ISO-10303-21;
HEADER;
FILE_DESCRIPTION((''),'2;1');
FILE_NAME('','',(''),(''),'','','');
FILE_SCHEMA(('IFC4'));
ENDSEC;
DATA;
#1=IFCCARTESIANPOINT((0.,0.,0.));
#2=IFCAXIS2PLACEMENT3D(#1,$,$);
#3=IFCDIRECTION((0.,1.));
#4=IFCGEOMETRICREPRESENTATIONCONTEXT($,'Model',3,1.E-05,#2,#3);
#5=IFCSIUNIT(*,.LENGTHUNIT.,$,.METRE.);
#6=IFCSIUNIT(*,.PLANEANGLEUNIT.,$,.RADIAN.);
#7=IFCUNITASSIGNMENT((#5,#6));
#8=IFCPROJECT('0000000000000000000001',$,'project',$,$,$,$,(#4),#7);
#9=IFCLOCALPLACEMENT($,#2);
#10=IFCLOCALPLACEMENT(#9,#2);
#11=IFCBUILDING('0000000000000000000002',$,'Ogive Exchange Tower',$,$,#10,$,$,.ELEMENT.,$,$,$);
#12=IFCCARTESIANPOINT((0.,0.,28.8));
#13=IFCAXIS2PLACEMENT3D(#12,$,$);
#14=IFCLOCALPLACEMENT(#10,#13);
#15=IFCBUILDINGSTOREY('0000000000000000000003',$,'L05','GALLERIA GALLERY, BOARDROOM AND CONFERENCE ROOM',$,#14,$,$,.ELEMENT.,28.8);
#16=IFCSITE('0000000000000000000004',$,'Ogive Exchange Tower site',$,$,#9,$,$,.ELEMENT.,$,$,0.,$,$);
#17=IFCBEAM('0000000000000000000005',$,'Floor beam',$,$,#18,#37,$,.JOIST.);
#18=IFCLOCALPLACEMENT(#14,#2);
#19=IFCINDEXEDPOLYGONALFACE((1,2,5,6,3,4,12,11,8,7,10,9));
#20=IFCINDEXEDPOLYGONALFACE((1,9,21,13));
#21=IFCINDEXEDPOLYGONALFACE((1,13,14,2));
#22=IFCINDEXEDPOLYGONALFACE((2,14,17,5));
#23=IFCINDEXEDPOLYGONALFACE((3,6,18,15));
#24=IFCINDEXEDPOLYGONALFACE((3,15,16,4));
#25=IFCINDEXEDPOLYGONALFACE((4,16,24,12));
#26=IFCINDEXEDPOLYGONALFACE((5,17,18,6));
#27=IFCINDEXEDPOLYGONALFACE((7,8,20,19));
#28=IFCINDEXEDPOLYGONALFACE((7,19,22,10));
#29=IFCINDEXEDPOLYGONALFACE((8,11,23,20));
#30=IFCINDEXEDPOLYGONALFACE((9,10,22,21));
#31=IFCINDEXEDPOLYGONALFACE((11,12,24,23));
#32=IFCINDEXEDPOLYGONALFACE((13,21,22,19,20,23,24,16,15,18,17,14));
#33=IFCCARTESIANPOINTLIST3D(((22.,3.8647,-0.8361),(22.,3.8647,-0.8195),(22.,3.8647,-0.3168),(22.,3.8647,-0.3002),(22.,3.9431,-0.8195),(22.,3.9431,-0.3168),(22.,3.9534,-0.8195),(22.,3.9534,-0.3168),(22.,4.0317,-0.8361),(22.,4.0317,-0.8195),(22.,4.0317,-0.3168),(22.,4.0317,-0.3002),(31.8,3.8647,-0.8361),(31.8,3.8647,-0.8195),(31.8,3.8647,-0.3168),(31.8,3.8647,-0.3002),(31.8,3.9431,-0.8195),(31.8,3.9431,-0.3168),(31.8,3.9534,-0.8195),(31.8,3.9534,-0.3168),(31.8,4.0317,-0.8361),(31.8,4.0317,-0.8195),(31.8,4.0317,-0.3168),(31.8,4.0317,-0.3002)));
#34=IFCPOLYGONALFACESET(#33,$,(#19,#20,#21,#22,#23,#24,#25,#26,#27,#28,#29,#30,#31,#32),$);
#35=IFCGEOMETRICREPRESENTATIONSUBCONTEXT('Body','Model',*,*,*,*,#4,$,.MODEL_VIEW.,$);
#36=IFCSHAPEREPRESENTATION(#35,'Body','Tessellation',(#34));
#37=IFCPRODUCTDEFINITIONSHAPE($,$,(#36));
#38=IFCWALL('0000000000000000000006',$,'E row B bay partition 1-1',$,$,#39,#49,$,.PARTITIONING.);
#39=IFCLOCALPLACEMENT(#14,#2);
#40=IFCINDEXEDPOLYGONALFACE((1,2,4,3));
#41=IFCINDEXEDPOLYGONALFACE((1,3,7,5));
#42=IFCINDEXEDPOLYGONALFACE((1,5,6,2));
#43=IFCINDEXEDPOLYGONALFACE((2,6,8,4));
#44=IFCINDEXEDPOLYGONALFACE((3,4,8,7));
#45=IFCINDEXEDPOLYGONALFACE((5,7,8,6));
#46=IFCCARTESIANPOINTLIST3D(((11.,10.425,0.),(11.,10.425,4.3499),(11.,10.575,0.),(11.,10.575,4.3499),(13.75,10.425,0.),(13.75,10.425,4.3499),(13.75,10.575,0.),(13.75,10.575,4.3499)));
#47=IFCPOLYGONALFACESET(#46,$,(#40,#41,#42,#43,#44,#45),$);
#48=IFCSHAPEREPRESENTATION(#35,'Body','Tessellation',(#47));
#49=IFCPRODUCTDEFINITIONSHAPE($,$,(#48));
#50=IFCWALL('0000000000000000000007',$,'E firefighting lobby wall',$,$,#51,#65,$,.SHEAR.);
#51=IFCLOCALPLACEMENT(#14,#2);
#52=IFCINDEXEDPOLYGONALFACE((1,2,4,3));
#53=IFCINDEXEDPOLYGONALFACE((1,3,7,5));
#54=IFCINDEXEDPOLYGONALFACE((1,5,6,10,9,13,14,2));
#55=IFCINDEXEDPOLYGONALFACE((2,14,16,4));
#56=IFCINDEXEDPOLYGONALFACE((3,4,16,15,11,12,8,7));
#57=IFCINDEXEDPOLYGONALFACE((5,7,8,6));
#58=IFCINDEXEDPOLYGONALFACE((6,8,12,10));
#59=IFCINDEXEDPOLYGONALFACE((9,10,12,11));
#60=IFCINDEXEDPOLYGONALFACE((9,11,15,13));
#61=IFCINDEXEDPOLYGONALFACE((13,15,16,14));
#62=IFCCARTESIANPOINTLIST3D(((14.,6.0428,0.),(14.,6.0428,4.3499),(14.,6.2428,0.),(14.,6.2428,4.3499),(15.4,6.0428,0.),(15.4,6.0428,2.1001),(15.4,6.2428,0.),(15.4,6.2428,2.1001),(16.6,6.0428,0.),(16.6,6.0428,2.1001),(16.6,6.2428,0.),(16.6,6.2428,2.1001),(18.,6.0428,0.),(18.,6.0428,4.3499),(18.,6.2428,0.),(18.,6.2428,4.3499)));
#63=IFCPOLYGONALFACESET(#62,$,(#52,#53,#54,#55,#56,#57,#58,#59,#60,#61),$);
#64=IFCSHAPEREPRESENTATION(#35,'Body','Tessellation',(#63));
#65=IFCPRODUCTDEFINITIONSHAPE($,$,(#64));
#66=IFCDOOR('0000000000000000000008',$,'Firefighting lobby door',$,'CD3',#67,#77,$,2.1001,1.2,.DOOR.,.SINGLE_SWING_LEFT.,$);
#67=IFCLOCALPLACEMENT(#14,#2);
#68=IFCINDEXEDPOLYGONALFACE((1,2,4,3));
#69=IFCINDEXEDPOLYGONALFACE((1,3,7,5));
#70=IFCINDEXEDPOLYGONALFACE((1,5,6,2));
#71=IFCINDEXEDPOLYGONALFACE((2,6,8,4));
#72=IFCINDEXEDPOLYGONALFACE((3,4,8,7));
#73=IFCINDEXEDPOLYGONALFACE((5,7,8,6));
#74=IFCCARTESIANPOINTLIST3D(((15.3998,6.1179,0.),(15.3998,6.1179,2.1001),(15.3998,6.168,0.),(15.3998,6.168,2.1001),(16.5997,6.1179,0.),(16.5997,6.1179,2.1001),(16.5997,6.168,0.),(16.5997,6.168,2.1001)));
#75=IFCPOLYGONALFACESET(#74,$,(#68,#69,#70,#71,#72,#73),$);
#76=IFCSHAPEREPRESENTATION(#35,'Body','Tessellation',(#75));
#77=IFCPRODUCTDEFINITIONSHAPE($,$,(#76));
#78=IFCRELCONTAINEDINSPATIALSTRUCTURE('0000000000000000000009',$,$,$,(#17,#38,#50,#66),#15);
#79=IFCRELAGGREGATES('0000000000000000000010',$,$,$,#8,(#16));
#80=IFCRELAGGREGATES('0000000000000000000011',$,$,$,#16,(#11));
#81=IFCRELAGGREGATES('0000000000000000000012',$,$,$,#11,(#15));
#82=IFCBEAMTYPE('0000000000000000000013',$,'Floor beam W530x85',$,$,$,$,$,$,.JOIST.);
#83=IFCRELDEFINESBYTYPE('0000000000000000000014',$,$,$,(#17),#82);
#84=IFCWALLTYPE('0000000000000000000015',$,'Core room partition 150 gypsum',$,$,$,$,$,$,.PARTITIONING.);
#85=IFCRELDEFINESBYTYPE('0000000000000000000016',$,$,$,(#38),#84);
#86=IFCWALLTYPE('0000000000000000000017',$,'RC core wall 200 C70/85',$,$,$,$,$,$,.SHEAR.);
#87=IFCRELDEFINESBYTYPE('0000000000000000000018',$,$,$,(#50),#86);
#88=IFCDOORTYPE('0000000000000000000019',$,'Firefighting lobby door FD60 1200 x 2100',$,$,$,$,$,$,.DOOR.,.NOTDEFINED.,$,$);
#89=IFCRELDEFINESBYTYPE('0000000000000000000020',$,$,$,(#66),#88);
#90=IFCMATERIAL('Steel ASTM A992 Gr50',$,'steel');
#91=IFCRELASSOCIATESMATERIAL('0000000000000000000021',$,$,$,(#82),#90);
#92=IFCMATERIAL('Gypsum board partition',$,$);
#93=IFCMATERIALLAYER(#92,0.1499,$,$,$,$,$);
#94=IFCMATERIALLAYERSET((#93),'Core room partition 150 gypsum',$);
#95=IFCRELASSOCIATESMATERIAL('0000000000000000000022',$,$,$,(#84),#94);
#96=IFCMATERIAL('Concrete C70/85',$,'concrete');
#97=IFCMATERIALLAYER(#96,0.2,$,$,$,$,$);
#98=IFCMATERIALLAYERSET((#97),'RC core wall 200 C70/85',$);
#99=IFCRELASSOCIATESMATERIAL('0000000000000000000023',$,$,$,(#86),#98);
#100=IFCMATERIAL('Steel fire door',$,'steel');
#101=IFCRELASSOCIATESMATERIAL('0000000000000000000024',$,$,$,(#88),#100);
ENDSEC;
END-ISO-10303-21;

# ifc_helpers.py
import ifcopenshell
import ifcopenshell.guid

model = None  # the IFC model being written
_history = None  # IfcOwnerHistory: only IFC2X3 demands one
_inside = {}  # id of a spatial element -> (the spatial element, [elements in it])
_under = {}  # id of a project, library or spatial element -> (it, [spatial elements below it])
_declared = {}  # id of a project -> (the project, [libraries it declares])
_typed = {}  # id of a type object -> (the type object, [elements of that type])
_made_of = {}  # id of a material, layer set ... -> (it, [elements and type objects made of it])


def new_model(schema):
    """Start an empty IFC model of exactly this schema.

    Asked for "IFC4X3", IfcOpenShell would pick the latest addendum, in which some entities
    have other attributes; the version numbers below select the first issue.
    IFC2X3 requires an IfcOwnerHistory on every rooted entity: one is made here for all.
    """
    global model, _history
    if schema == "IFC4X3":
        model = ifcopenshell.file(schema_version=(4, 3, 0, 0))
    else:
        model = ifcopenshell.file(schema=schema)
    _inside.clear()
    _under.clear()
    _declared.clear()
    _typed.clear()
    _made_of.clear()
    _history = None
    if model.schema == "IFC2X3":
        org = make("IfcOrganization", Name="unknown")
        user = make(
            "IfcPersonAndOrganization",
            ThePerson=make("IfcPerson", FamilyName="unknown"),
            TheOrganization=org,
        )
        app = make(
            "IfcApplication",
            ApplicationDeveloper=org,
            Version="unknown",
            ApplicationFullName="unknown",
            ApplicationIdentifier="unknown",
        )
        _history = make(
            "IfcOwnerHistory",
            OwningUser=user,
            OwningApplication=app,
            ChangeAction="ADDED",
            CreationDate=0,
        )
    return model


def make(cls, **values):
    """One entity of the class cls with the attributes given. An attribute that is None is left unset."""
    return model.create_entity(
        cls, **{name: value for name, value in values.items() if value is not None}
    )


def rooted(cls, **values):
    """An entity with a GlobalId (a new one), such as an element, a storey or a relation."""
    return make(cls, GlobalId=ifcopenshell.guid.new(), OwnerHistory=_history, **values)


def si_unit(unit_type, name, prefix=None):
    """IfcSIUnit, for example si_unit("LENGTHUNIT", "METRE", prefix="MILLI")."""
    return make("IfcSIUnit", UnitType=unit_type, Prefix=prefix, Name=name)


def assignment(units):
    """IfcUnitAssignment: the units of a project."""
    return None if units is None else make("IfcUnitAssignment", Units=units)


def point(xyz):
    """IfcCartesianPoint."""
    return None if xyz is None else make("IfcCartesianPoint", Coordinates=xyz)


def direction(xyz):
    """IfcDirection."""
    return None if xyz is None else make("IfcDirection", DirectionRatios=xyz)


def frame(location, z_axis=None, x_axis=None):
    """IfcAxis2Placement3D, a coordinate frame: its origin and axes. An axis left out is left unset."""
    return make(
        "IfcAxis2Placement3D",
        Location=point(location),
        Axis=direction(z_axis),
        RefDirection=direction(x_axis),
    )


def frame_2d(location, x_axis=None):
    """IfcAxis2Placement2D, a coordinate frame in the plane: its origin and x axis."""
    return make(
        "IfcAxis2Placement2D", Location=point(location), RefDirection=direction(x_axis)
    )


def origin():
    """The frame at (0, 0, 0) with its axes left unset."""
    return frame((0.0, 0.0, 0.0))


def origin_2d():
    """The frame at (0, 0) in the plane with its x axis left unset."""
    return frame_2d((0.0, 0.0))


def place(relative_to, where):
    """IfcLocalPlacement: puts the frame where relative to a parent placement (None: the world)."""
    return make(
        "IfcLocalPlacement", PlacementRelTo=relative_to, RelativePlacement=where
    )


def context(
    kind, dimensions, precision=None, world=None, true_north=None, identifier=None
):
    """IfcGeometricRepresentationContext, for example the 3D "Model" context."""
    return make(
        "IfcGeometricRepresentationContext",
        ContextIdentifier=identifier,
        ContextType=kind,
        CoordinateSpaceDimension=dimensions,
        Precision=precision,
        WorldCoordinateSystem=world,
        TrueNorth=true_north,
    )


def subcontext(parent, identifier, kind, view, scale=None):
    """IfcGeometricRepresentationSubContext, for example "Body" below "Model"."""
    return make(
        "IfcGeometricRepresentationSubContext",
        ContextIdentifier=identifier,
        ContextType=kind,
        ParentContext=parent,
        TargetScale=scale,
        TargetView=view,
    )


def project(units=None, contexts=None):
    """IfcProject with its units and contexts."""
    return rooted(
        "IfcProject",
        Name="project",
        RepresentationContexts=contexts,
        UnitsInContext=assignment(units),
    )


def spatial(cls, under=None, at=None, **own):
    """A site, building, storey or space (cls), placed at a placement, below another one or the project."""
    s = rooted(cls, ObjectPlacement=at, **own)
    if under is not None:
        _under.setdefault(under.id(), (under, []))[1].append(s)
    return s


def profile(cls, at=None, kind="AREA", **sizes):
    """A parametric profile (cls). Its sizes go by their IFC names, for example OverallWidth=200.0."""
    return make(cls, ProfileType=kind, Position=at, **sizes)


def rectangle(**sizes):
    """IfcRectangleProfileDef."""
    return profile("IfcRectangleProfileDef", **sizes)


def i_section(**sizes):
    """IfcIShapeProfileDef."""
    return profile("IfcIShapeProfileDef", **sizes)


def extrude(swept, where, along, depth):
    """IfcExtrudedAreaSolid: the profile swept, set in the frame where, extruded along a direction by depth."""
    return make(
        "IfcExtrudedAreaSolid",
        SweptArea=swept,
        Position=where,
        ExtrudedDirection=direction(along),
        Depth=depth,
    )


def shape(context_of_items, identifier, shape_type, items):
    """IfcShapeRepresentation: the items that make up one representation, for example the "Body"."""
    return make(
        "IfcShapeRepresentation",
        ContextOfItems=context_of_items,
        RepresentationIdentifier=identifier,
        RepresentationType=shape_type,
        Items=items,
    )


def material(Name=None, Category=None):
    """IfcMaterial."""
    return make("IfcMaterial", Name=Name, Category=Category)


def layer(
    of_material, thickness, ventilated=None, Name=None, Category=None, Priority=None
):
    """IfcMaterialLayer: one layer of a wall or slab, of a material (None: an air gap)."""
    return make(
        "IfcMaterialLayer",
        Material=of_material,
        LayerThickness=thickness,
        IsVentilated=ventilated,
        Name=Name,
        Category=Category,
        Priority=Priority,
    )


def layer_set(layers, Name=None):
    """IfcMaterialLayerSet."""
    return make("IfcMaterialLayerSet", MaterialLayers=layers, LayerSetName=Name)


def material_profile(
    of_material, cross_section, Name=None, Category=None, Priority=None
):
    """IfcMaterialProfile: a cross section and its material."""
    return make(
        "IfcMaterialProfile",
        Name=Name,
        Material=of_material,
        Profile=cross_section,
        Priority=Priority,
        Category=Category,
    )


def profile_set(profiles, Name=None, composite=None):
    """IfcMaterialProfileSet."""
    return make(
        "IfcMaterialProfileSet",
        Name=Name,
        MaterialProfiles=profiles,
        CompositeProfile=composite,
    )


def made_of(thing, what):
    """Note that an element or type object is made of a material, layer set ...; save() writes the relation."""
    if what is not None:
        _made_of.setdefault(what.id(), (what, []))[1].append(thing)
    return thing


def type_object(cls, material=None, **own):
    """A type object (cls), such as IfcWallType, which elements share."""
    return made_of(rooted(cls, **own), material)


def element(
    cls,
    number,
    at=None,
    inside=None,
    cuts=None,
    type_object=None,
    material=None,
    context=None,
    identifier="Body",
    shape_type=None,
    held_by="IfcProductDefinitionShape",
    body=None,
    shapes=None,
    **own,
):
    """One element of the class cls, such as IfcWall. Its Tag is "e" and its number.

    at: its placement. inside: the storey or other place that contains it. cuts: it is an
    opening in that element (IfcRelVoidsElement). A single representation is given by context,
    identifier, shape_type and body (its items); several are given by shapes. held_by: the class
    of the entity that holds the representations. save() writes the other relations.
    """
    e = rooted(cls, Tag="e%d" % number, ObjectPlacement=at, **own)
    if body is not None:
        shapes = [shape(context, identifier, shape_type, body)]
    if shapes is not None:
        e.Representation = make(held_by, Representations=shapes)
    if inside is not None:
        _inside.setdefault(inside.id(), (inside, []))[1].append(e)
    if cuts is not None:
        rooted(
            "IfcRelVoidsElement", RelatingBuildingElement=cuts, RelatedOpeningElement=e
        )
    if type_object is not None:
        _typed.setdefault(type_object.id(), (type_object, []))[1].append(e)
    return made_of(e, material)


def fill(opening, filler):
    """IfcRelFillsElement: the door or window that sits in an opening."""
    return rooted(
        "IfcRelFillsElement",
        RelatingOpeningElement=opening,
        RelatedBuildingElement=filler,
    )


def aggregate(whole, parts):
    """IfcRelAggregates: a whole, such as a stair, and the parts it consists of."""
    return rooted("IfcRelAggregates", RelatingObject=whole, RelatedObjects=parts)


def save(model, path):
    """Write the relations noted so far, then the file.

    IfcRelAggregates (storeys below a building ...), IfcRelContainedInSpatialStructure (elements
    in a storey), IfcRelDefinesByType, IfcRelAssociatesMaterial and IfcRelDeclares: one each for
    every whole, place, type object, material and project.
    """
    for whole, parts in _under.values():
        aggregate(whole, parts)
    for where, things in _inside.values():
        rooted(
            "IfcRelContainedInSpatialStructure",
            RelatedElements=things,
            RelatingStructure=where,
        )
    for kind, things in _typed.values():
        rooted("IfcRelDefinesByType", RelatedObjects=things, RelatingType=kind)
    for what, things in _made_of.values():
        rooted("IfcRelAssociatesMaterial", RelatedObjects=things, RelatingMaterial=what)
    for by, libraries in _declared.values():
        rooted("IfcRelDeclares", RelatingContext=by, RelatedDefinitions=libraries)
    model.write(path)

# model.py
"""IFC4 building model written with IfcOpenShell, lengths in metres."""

from ifc_helpers import new_model, si_unit, direction, frame, frame_2d, origin, origin_2d, place, context, subcontext, project, spatial, rectangle, i_section, extrude, material, layer, layer_set, material_profile, profile_set, type_object, element, fill, save


model = new_model("IFC4")

# Units and contexts
model_context = context("Model", 3, precision=1e-05, world=origin(), true_north=direction((0.0, 1.0)))
body_context = subcontext(model_context, "Body", "Model", "MODEL_VIEW")
ifc_project = project(units=[si_unit("LENGTHUNIT", "METRE"), si_unit("PLANEANGLEUNIT", "RADIAN")], contexts=[model_context])

# Site, building, storey
site_placement = place(None, origin())
site = spatial("IfcSite", under=ifc_project, at=site_placement, Name="Ogive Exchange Tower site", CompositionType="ELEMENT", RefElevation=0.0)
building_placement = place(site_placement, origin())
building = spatial("IfcBuilding", under=site, at=building_placement, Name="Ogive Exchange Tower", CompositionType="ELEMENT")
storey_placement = place(building_placement, frame((0.0, 0.0, 28.8)))
storey = spatial("IfcBuildingStorey", under=building, at=storey_placement, Name="L05", Description="GALLERIA GALLERY, BOARDROOM AND CONFERENCE ROOM", CompositionType="ELEMENT", Elevation=28.8)

# Beam
ifc_material_1 = material(Name="Steel ASTM A992 Gr50", Category="steel")
ifc_material_profile = material_profile(ifc_material_1, i_section(OverallWidth=0.167, OverallDepth=0.5359, WebThickness=0.0103, FlangeThickness=0.0166, at=origin_2d()), Name="W530x85")
ifc_profile_set = profile_set([ifc_material_profile], Name="Steel ASTM A992 Gr50")
beam_type = type_object("IfcBeamType", Name="Floor beam W530x85", PredefinedType="JOIST", material=ifc_profile_set)
beam_placement = place(storey_placement, frame((22.0, 3.9482, -0.5681), z_axis=(1.0, 0.0, 0.0), x_axis=(0.0, 1.0, 0.0)))
element("IfcBeam", 1, at=beam_placement, inside=storey, type_object=beam_type, Name="Floor beam", PredefinedType="JOIST", context=body_context, shape_type="SweptSolid", body=[
    extrude(i_section(OverallWidth=0.167, OverallDepth=0.5359, WebThickness=0.0103, FlangeThickness=0.0166, at=origin_2d()), origin(), (0.0, 0.0, 1.0), 9.8),
])

# Wall
ifc_material_2 = material(Name="Gypsum board partition")
ifc_layer_1 = layer(ifc_material_2, 0.1499)
ifc_layer_set_1 = layer_set([ifc_layer_1], Name="Core room partition 150 gypsum")
wall_type_1 = type_object("IfcWallType", Name="Core room partition 150 gypsum", PredefinedType="PARTITIONING", material=ifc_layer_set_1)
wall_1_placement = place(storey_placement, frame((11.0, 10.5, 0.0), z_axis=(0.0, 0.0, 1.0), x_axis=(1.0, 0.0, 0.0)))
element("IfcWall", 2, at=wall_1_placement, inside=storey, type_object=wall_type_1, Name="E row B bay partition 1-1", PredefinedType="PARTITIONING", context=body_context, shape_type="SweptSolid", body=[
    extrude(rectangle(XDim=2.75, YDim=0.1499, at=frame_2d((1.375, 0.0))), origin(), (0.0, 0.0, 1.0), 4.3499),
])

# Wall, opening, door
ifc_material_3 = material(Name="Concrete C70/85", Category="concrete")
ifc_layer_2 = layer(ifc_material_3, 0.2)
ifc_layer_set_2 = layer_set([ifc_layer_2], Name="RC core wall 200 C70/85")
wall_type_2 = type_object("IfcWallType", Name="RC core wall 200 C70/85", PredefinedType="SHEAR", material=ifc_layer_set_2)
wall_2_placement = place(storey_placement, frame((14.0, 6.1428, 0.0), z_axis=(0.0, 0.0, 1.0), x_axis=(1.0, 0.0, 0.0)))
wall_2 = element("IfcWall", 3, at=wall_2_placement, inside=storey, type_object=wall_type_2, Name="E firefighting lobby wall", PredefinedType="SHEAR", context=body_context, shape_type="SweptSolid", body=[
    extrude(rectangle(XDim=4.0, YDim=0.2, at=frame_2d((2.0, 0.0))), origin(), (0.0, 0.0, 1.0), 4.3499),
])
opening_1_placement = place(wall_2_placement, frame((1.3999, 0.0, 0.0)))
opening_1 = element("IfcOpeningElement", 4, at=opening_1_placement, cuts=wall_2, PredefinedType="OPENING", context=body_context, shape_type="SweptSolid", body=[
    extrude(rectangle(XDim=1.2, YDim=2.1001, at=frame_2d((0.6001, 1.05))), frame((0.0, 0.1099, 0.0), z_axis=(0.0, -1.0, 0.0), x_axis=(1.0, 0.0, 0.0)), (0.0, 0.0, 1.0), 0.22),
])
ifc_material_4 = material(Name="Steel fire door", Category="steel")
door_type_1 = type_object("IfcDoorType", Name="Firefighting lobby door FD60 1200 x 2100", OperationType="NOTDEFINED", PredefinedType="DOOR", material=ifc_material_4)
door_1_placement = place(opening_1_placement, frame((1.2, 0.0, 0.0), z_axis=(0.0, 0.0, 1.0), x_axis=(-1.0, 0.0, 0.0)))
door_1 = element("IfcDoor", 5, at=door_1_placement, inside=storey, type_object=door_type_1, Name="Firefighting lobby door", ObjectType="CD3", OperationType="SINGLE_SWING_LEFT", OverallHeight=2.1001, OverallWidth=1.2, PredefinedType="DOOR", context=body_context, shape_type="SweptSolid", body=[
    extrude(rectangle(XDim=1.2, YDim=2.1001, at=frame_2d((0.6001, 1.05))), frame((0.0, 0.0249, 0.0), z_axis=(0.0, -1.0, 0.0), x_axis=(1.0, 0.0, 0.0)), (0.0, 0.0, 1.0), 0.05),
])
fill(opening_1, door_1)

save(model, "model.ifc")
